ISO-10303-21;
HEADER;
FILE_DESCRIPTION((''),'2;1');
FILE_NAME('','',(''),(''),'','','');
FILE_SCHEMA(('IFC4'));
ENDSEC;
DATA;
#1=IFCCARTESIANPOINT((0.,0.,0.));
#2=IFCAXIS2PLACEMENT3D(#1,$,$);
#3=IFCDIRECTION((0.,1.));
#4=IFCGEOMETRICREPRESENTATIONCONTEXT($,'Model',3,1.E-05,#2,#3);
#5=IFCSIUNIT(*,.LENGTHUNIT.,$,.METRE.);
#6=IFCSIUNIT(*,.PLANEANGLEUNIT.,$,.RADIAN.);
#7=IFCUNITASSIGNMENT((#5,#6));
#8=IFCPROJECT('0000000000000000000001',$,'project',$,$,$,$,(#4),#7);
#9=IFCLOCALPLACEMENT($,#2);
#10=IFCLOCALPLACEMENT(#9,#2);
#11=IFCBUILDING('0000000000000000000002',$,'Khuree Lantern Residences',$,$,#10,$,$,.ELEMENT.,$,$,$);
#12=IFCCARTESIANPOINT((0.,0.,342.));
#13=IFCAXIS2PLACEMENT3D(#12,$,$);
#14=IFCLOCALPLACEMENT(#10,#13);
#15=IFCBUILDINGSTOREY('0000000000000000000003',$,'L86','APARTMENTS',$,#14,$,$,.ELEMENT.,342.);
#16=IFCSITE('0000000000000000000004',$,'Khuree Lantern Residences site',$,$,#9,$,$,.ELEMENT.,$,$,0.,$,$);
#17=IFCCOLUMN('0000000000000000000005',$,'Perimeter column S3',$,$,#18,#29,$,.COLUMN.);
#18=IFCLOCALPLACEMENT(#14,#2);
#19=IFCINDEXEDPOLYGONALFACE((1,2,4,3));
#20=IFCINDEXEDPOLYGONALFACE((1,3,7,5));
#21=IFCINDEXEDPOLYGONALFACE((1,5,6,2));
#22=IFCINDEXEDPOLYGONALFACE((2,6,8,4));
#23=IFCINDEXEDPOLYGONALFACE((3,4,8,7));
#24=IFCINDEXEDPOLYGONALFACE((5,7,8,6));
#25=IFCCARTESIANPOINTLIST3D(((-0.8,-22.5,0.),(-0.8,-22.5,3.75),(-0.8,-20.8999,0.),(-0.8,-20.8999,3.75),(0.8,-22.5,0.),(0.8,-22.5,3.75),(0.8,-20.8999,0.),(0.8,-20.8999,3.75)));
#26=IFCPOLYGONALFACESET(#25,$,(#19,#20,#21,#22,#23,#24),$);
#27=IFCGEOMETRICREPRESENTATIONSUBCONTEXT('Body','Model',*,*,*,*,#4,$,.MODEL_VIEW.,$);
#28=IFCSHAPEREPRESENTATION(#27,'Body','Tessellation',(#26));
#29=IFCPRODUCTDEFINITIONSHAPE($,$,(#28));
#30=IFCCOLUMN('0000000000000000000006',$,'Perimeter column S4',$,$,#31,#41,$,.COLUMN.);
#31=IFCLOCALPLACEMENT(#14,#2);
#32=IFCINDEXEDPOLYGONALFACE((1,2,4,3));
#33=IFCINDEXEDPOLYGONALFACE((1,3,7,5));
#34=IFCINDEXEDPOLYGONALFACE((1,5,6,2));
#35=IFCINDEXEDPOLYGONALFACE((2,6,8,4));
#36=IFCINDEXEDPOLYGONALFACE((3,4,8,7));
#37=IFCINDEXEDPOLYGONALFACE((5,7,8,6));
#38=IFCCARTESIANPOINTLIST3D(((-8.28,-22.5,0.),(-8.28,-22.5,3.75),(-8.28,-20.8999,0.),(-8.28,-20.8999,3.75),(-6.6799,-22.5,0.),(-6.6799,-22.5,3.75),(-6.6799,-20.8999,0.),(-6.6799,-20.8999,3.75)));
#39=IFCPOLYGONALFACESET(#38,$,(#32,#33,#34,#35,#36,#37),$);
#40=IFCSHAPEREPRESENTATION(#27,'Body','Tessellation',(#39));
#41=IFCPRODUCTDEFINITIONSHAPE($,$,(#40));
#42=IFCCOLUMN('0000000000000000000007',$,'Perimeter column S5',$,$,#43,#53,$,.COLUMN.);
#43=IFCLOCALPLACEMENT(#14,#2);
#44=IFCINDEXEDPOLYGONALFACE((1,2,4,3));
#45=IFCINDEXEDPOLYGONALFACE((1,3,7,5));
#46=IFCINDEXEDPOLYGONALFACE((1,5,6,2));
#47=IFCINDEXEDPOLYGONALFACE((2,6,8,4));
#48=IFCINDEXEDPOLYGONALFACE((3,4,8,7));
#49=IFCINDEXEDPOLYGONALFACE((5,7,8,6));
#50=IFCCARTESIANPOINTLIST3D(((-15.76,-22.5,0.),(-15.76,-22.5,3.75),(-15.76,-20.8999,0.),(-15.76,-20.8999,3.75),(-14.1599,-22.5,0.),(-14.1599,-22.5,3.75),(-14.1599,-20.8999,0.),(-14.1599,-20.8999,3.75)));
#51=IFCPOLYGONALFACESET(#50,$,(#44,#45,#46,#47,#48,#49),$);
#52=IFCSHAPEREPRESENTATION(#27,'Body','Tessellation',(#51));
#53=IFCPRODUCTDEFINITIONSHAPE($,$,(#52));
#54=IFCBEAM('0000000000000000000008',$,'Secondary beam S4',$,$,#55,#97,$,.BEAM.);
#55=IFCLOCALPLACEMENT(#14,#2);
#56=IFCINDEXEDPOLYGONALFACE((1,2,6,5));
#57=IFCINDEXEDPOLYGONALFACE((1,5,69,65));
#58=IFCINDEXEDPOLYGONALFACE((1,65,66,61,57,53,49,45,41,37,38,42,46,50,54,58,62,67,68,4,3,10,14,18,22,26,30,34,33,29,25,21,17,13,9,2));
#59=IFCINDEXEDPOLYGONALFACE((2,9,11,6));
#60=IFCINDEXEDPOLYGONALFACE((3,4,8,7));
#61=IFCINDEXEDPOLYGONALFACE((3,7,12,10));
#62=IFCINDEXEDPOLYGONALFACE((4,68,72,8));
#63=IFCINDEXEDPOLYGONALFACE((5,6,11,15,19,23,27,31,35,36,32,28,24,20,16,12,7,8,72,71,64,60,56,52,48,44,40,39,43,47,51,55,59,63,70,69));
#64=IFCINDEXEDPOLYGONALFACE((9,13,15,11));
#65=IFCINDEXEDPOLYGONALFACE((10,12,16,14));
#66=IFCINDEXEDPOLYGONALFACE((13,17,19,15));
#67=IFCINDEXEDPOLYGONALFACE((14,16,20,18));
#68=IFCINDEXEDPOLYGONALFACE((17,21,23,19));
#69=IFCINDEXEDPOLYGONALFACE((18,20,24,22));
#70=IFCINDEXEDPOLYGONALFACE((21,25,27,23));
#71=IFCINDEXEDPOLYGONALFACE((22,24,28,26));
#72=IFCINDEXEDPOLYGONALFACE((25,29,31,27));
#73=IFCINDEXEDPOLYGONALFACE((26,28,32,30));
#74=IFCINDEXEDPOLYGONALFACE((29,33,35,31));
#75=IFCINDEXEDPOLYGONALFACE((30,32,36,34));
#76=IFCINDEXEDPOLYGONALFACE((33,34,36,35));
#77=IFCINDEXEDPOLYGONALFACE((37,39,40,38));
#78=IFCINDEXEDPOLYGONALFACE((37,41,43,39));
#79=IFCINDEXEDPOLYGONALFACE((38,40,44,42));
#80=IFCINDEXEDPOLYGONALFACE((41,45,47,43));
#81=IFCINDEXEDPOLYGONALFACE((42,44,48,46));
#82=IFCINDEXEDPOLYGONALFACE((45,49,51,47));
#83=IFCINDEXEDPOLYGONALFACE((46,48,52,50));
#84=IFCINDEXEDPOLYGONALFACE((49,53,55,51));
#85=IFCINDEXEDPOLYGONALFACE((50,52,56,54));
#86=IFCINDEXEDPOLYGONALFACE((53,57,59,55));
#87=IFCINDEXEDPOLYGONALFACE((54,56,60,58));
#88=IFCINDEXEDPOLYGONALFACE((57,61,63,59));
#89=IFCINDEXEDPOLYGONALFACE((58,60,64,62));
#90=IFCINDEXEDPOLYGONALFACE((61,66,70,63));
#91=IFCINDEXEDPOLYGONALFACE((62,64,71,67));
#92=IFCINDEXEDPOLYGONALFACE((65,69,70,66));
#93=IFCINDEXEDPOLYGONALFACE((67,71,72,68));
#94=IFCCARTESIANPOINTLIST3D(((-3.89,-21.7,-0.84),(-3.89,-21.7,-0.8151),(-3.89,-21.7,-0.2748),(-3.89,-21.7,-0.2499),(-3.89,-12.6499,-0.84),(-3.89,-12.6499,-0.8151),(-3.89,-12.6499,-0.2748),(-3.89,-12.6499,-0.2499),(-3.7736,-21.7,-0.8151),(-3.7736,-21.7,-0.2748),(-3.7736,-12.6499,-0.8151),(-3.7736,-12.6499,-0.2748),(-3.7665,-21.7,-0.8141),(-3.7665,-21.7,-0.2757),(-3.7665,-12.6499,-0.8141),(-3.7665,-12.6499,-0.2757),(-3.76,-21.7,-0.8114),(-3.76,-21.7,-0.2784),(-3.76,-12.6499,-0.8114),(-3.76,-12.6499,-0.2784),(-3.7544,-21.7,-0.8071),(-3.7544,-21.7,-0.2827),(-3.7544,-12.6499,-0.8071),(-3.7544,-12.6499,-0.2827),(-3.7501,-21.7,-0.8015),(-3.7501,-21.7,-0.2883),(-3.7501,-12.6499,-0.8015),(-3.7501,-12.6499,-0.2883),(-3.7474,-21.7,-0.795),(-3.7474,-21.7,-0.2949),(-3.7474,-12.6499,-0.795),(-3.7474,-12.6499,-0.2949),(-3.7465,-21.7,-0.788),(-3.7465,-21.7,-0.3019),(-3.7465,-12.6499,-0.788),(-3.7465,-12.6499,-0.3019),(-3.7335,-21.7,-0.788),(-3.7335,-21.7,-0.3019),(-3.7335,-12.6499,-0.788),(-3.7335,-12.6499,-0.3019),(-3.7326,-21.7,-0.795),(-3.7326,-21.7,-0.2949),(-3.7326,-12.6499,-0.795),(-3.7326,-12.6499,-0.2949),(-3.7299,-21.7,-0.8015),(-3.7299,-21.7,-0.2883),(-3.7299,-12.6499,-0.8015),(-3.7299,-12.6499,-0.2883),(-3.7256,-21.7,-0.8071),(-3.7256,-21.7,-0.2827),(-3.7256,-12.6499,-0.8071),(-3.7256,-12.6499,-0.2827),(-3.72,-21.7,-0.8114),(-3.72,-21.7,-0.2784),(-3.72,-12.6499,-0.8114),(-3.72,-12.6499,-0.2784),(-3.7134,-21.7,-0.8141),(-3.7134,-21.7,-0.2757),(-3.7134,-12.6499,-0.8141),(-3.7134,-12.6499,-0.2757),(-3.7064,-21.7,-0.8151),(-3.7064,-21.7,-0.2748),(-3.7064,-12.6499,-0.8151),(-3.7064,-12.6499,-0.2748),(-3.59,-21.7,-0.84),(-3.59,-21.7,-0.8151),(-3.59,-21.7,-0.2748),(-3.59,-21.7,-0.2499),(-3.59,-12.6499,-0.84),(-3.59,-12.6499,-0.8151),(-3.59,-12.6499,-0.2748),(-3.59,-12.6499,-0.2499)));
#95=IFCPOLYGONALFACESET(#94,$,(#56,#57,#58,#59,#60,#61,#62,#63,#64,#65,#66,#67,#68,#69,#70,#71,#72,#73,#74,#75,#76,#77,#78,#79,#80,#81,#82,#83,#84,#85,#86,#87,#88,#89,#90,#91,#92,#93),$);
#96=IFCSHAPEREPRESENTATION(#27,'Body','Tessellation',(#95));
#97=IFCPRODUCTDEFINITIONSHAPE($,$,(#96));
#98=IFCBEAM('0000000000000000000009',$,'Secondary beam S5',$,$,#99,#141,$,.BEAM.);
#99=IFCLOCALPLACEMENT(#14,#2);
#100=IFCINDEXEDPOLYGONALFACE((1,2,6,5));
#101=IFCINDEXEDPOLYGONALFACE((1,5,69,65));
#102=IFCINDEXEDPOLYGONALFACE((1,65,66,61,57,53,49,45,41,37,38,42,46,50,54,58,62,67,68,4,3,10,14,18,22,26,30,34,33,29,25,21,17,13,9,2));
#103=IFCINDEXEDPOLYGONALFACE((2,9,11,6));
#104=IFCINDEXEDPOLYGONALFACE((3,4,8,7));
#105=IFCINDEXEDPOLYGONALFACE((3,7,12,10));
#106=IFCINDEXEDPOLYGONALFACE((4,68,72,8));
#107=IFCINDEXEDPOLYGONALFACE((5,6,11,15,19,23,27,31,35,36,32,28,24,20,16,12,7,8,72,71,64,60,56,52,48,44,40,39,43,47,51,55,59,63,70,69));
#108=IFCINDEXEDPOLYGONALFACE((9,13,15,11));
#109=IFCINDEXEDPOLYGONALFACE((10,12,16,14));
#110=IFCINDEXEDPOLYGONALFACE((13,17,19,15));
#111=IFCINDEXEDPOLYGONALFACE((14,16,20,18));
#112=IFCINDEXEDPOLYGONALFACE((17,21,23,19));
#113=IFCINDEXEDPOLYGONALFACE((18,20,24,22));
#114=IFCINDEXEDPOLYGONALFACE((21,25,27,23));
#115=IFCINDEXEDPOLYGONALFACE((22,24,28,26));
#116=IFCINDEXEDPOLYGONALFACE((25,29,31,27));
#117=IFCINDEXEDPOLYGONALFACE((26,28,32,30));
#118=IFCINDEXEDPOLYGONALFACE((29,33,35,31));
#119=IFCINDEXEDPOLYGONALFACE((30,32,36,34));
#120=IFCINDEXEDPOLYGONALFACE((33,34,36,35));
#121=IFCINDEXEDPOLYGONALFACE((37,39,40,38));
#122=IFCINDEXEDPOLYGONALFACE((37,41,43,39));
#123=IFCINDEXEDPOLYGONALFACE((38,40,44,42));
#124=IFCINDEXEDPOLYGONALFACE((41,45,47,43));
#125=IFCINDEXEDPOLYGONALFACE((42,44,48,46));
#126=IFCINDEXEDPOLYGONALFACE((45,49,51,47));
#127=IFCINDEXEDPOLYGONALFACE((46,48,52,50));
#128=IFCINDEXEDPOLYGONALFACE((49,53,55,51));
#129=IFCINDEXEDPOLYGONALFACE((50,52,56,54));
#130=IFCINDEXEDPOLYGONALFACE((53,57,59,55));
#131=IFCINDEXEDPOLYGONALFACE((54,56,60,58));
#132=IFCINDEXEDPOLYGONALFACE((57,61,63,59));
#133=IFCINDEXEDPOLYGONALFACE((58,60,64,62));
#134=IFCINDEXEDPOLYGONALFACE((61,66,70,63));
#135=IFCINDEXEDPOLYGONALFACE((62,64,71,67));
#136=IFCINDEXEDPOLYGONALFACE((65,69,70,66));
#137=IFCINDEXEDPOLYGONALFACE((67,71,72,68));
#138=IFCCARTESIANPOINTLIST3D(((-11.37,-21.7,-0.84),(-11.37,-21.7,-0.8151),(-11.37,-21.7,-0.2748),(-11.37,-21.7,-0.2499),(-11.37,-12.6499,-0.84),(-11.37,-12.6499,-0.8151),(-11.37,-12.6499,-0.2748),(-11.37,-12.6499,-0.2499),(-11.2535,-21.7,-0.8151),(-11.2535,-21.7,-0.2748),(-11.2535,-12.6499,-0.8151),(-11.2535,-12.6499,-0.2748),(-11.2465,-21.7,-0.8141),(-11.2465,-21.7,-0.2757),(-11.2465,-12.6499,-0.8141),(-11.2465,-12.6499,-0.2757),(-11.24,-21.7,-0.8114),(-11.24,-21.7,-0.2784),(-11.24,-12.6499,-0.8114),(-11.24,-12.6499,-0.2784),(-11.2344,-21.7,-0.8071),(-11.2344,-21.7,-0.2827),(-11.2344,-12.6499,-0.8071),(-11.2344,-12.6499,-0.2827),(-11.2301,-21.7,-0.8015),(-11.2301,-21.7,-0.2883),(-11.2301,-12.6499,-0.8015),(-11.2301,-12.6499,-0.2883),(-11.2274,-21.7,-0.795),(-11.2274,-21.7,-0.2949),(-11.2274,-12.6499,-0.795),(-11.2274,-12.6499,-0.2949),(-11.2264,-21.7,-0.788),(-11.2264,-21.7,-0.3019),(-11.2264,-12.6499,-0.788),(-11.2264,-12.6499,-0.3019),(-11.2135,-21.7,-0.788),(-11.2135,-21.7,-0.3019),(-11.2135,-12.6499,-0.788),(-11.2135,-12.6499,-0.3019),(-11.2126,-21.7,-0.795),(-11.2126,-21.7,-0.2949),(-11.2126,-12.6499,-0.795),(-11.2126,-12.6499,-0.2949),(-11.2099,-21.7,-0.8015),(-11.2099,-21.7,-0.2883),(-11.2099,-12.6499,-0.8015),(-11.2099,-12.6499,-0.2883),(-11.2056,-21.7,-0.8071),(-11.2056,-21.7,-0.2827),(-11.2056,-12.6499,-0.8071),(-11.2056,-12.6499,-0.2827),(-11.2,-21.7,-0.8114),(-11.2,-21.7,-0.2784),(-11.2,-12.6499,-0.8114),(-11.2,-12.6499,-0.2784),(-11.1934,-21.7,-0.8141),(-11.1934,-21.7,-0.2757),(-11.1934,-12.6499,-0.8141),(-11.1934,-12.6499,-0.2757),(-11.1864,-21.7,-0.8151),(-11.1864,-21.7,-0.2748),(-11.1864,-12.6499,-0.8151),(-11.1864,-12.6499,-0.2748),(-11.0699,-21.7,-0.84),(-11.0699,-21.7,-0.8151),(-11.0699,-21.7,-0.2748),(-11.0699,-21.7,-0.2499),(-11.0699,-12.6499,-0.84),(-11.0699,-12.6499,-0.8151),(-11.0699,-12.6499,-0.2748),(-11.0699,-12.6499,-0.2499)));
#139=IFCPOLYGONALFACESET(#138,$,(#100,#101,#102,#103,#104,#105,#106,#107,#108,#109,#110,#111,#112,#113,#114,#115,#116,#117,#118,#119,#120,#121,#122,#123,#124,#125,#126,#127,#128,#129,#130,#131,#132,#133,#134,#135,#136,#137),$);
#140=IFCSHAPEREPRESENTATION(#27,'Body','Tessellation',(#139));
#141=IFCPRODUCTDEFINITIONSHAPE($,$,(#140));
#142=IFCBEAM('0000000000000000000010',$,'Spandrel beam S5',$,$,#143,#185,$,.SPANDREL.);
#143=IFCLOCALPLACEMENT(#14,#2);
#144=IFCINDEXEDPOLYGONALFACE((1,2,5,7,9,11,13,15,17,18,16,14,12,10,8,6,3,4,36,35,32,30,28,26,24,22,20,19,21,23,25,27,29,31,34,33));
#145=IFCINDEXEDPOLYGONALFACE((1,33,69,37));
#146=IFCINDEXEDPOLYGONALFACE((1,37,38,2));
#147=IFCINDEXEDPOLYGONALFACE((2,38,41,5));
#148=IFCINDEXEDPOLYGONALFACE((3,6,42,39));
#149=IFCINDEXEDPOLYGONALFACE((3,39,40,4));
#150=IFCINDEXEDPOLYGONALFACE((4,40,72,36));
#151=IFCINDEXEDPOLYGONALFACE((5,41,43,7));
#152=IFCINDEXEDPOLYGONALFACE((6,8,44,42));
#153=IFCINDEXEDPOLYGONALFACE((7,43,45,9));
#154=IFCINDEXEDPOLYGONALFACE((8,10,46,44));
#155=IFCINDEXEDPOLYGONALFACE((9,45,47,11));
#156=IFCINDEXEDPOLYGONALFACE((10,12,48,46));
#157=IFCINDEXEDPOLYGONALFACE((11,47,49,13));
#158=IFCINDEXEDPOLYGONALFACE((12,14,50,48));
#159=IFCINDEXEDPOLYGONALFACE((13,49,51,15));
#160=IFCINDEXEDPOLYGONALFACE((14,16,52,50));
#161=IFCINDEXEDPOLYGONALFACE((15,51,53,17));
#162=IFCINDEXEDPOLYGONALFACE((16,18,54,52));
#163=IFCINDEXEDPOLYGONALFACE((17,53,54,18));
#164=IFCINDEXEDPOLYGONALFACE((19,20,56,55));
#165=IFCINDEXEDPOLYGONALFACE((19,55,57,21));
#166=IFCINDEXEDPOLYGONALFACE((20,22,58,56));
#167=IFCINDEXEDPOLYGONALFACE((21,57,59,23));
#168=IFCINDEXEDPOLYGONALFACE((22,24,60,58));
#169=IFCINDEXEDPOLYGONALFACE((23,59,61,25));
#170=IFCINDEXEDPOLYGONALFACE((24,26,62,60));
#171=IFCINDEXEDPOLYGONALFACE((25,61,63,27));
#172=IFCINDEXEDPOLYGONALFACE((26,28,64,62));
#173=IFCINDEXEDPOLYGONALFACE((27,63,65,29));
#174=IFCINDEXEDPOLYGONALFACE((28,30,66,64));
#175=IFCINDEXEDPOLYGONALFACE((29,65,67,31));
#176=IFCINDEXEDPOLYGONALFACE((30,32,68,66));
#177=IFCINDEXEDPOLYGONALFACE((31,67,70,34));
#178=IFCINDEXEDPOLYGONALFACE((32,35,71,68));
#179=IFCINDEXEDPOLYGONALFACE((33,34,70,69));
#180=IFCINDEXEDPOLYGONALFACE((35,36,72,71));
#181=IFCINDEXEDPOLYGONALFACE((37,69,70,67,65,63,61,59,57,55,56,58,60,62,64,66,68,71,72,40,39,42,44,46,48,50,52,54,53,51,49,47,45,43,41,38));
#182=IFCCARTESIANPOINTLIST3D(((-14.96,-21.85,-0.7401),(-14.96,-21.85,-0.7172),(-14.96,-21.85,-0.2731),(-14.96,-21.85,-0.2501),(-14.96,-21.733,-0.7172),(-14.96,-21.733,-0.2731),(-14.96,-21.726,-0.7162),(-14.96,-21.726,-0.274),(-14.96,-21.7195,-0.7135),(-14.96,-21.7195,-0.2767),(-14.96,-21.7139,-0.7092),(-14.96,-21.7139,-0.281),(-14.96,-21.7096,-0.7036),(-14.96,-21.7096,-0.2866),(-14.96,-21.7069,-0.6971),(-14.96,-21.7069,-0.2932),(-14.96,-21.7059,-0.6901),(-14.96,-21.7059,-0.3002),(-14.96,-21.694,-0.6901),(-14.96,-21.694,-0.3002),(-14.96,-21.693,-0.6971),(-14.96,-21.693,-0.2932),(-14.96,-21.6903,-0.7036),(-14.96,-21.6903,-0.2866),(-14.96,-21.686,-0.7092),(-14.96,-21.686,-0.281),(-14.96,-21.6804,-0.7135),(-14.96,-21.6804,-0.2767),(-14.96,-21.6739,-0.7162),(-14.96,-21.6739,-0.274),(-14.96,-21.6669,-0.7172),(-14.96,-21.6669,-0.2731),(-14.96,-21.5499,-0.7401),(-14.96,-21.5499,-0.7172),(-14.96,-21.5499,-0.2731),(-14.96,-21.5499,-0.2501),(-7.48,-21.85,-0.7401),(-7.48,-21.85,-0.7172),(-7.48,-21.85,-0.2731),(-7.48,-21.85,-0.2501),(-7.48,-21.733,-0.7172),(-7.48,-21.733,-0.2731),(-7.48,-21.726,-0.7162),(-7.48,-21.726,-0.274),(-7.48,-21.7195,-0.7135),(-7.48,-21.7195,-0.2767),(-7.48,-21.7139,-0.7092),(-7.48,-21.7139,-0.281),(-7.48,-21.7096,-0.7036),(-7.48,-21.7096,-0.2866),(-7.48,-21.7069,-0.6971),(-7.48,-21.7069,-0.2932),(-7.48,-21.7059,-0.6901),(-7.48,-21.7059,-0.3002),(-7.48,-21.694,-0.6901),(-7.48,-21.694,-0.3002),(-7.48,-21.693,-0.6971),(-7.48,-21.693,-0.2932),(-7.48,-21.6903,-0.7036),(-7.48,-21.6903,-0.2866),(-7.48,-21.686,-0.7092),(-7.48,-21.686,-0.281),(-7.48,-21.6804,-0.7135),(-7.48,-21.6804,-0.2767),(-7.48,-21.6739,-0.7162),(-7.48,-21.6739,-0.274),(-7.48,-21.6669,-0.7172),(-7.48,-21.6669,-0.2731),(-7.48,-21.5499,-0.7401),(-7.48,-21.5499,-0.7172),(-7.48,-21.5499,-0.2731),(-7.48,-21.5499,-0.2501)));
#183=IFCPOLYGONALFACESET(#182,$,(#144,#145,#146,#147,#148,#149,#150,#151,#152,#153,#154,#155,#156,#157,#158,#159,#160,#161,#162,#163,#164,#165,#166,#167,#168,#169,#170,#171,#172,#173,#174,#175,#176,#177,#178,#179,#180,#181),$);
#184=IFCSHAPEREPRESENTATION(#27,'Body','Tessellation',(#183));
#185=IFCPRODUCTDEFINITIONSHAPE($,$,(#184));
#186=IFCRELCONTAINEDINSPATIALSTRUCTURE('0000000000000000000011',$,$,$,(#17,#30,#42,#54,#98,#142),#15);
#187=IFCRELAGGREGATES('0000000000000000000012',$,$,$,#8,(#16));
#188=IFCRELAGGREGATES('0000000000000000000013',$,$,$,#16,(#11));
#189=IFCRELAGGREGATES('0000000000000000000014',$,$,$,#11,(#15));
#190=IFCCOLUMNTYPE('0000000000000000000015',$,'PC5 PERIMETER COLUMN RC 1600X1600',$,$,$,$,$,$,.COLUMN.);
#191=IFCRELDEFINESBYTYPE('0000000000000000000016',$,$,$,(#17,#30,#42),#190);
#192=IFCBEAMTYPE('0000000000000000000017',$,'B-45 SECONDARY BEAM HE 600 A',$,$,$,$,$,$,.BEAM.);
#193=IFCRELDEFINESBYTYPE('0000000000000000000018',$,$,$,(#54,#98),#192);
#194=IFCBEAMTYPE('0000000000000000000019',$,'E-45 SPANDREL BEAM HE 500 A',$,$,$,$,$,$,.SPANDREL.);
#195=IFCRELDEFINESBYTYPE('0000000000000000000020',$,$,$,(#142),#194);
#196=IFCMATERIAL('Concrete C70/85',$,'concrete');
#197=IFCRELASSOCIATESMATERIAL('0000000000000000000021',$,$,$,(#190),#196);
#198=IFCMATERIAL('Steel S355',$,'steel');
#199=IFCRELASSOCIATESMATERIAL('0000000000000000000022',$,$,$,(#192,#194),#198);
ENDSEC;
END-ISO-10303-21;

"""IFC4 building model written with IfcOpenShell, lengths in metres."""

from ifc_helpers import new_model, si_unit, direction, frame, origin, origin_2d, place, context, subcontext, project, spatial, rectangle, i_section, extrude, material, material_profile, profile_set, type_object, element, save


model = new_model("IFC4")

# Units and contexts
model_context = context("Model", 3, precision=1e-05, world=origin(), true_north=direction((0.0, 1.0)))
body_context = subcontext(model_context, "Body", "Model", "MODEL_VIEW")
ifc_project = project(units=[si_unit("LENGTHUNIT", "METRE"), si_unit("PLANEANGLEUNIT", "RADIAN")], contexts=[model_context])

# Site, building, storey
site_placement = place(None, origin())
site = spatial("IfcSite", under=ifc_project, at=site_placement, Name="Khuree Lantern Residences site", CompositionType="ELEMENT", RefElevation=0.0)
building_placement = place(site_placement, origin())
building = spatial("IfcBuilding", under=site, at=building_placement, Name="Khuree Lantern Residences", CompositionType="ELEMENT")
storey_placement = place(building_placement, frame((0.0, 0.0, 342.0)))
storey = spatial("IfcBuildingStorey", under=building, at=storey_placement, Name="L86", Description="APARTMENTS", CompositionType="ELEMENT", Elevation=342.0)

# Columns
ifc_material_1 = material(Name="Concrete C70/85", Category="concrete")
ifc_material_profile_1 = material_profile(ifc_material_1, rectangle(XDim=1.6001, YDim=1.6001, at=origin_2d()), Name="RC 1600X1600")
ifc_profile_set_1 = profile_set([ifc_material_profile_1], Name="Concrete C70/85")
column_type = type_object("IfcColumnType", Name="PC5 PERIMETER COLUMN RC 1600X1600", PredefinedType="COLUMN", material=ifc_profile_set_1)
for number, where, z_axis, x_axis, name in (
    (1, (0.0, -21.7, 0.0), (0.0, 0.0, 1.0), (1.0, 0.0, 0.0), "Perimeter column S3"),
    (2, (-7.48, -21.7, 0.0), (0.0, 0.0, 1.0), (1.0, 0.0, 0.0), "Perimeter column S4"),
    (3, (-14.96, -21.7, 0.0), (0.0, 0.0, 1.0), (1.0, 0.0, 0.0), "Perimeter column S5"),
):
    element("IfcColumn", number, at=place(storey_placement, frame(where, z_axis=z_axis, x_axis=x_axis)), inside=storey, type_object=column_type, Name=name, PredefinedType="COLUMN", context=body_context, shape_type="SweptSolid", body=[
        extrude(rectangle(XDim=1.6001, YDim=1.6001, at=origin_2d()), origin(), (0.0, 0.0, 1.0), 3.75),
    ])

# Beams
ifc_material_2 = material(Name="Steel S355", Category="steel")
ifc_material_profile_2 = material_profile(ifc_material_2, i_section(OverallWidth=0.3, OverallDepth=0.5901, WebThickness=0.0129, FlangeThickness=0.0249, FilletRadius=0.0271, at=origin_2d()), Name="HE 600 A")
ifc_profile_set_2 = profile_set([ifc_material_profile_2], Name="Steel S355")
beam_type_1 = type_object("IfcBeamType", Name="B-45 SECONDARY BEAM HE 600 A", PredefinedType="BEAM", material=ifc_profile_set_2)
for number, where, z_axis, x_axis, name in (
    (4, (-3.74, -21.7, -0.5449), (0.0, 1.0, 0.0), (-1.0, 0.0, 0.0), "Secondary beam S4"),
    (5, (-11.22, -21.7, -0.5449), (0.0, 1.0, 0.0), (-1.0, 0.0, 0.0), "Secondary beam S5"),
):
    element("IfcBeam", number, at=place(storey_placement, frame(where, z_axis=z_axis, x_axis=x_axis)), inside=storey, type_object=beam_type_1, Name=name, PredefinedType="BEAM", context=body_context, shape_type="SweptSolid", body=[
        extrude(i_section(OverallWidth=0.3, OverallDepth=0.5901, WebThickness=0.0129, FlangeThickness=0.0249, FilletRadius=0.0271, at=origin_2d()), origin(), (0.0, 0.0, 1.0), 9.05),
    ])
ifc_material_profile_3 = material_profile(ifc_material_2, i_section(OverallWidth=0.3, OverallDepth=0.49, WebThickness=0.012, FlangeThickness=0.0229, FilletRadius=0.0271, at=origin_2d()), Name="HE 500 A")
ifc_profile_set_3 = profile_set([ifc_material_profile_3], Name="Steel S355")
beam_type_2 = type_object("IfcBeamType", Name="E-45 SPANDREL BEAM HE 500 A", PredefinedType="SPANDREL", material=ifc_profile_set_3)
beam_1_placement = place(storey_placement, frame((-7.48, -21.7, -0.4951), z_axis=(-1.0, 0.0, 0.0), x_axis=(0.0, -1.0, 0.0)))
element("IfcBeam", 6, at=beam_1_placement, inside=storey, type_object=beam_type_2, Name="Spandrel beam S5", PredefinedType="SPANDREL", context=body_context, shape_type="SweptSolid", body=[
    extrude(i_section(OverallWidth=0.3, OverallDepth=0.49, WebThickness=0.012, FlangeThickness=0.0229, FilletRadius=0.0271, at=origin_2d()), origin(), (0.0, 0.0, 1.0), 7.48),
])

save(model, "model.ifc")
